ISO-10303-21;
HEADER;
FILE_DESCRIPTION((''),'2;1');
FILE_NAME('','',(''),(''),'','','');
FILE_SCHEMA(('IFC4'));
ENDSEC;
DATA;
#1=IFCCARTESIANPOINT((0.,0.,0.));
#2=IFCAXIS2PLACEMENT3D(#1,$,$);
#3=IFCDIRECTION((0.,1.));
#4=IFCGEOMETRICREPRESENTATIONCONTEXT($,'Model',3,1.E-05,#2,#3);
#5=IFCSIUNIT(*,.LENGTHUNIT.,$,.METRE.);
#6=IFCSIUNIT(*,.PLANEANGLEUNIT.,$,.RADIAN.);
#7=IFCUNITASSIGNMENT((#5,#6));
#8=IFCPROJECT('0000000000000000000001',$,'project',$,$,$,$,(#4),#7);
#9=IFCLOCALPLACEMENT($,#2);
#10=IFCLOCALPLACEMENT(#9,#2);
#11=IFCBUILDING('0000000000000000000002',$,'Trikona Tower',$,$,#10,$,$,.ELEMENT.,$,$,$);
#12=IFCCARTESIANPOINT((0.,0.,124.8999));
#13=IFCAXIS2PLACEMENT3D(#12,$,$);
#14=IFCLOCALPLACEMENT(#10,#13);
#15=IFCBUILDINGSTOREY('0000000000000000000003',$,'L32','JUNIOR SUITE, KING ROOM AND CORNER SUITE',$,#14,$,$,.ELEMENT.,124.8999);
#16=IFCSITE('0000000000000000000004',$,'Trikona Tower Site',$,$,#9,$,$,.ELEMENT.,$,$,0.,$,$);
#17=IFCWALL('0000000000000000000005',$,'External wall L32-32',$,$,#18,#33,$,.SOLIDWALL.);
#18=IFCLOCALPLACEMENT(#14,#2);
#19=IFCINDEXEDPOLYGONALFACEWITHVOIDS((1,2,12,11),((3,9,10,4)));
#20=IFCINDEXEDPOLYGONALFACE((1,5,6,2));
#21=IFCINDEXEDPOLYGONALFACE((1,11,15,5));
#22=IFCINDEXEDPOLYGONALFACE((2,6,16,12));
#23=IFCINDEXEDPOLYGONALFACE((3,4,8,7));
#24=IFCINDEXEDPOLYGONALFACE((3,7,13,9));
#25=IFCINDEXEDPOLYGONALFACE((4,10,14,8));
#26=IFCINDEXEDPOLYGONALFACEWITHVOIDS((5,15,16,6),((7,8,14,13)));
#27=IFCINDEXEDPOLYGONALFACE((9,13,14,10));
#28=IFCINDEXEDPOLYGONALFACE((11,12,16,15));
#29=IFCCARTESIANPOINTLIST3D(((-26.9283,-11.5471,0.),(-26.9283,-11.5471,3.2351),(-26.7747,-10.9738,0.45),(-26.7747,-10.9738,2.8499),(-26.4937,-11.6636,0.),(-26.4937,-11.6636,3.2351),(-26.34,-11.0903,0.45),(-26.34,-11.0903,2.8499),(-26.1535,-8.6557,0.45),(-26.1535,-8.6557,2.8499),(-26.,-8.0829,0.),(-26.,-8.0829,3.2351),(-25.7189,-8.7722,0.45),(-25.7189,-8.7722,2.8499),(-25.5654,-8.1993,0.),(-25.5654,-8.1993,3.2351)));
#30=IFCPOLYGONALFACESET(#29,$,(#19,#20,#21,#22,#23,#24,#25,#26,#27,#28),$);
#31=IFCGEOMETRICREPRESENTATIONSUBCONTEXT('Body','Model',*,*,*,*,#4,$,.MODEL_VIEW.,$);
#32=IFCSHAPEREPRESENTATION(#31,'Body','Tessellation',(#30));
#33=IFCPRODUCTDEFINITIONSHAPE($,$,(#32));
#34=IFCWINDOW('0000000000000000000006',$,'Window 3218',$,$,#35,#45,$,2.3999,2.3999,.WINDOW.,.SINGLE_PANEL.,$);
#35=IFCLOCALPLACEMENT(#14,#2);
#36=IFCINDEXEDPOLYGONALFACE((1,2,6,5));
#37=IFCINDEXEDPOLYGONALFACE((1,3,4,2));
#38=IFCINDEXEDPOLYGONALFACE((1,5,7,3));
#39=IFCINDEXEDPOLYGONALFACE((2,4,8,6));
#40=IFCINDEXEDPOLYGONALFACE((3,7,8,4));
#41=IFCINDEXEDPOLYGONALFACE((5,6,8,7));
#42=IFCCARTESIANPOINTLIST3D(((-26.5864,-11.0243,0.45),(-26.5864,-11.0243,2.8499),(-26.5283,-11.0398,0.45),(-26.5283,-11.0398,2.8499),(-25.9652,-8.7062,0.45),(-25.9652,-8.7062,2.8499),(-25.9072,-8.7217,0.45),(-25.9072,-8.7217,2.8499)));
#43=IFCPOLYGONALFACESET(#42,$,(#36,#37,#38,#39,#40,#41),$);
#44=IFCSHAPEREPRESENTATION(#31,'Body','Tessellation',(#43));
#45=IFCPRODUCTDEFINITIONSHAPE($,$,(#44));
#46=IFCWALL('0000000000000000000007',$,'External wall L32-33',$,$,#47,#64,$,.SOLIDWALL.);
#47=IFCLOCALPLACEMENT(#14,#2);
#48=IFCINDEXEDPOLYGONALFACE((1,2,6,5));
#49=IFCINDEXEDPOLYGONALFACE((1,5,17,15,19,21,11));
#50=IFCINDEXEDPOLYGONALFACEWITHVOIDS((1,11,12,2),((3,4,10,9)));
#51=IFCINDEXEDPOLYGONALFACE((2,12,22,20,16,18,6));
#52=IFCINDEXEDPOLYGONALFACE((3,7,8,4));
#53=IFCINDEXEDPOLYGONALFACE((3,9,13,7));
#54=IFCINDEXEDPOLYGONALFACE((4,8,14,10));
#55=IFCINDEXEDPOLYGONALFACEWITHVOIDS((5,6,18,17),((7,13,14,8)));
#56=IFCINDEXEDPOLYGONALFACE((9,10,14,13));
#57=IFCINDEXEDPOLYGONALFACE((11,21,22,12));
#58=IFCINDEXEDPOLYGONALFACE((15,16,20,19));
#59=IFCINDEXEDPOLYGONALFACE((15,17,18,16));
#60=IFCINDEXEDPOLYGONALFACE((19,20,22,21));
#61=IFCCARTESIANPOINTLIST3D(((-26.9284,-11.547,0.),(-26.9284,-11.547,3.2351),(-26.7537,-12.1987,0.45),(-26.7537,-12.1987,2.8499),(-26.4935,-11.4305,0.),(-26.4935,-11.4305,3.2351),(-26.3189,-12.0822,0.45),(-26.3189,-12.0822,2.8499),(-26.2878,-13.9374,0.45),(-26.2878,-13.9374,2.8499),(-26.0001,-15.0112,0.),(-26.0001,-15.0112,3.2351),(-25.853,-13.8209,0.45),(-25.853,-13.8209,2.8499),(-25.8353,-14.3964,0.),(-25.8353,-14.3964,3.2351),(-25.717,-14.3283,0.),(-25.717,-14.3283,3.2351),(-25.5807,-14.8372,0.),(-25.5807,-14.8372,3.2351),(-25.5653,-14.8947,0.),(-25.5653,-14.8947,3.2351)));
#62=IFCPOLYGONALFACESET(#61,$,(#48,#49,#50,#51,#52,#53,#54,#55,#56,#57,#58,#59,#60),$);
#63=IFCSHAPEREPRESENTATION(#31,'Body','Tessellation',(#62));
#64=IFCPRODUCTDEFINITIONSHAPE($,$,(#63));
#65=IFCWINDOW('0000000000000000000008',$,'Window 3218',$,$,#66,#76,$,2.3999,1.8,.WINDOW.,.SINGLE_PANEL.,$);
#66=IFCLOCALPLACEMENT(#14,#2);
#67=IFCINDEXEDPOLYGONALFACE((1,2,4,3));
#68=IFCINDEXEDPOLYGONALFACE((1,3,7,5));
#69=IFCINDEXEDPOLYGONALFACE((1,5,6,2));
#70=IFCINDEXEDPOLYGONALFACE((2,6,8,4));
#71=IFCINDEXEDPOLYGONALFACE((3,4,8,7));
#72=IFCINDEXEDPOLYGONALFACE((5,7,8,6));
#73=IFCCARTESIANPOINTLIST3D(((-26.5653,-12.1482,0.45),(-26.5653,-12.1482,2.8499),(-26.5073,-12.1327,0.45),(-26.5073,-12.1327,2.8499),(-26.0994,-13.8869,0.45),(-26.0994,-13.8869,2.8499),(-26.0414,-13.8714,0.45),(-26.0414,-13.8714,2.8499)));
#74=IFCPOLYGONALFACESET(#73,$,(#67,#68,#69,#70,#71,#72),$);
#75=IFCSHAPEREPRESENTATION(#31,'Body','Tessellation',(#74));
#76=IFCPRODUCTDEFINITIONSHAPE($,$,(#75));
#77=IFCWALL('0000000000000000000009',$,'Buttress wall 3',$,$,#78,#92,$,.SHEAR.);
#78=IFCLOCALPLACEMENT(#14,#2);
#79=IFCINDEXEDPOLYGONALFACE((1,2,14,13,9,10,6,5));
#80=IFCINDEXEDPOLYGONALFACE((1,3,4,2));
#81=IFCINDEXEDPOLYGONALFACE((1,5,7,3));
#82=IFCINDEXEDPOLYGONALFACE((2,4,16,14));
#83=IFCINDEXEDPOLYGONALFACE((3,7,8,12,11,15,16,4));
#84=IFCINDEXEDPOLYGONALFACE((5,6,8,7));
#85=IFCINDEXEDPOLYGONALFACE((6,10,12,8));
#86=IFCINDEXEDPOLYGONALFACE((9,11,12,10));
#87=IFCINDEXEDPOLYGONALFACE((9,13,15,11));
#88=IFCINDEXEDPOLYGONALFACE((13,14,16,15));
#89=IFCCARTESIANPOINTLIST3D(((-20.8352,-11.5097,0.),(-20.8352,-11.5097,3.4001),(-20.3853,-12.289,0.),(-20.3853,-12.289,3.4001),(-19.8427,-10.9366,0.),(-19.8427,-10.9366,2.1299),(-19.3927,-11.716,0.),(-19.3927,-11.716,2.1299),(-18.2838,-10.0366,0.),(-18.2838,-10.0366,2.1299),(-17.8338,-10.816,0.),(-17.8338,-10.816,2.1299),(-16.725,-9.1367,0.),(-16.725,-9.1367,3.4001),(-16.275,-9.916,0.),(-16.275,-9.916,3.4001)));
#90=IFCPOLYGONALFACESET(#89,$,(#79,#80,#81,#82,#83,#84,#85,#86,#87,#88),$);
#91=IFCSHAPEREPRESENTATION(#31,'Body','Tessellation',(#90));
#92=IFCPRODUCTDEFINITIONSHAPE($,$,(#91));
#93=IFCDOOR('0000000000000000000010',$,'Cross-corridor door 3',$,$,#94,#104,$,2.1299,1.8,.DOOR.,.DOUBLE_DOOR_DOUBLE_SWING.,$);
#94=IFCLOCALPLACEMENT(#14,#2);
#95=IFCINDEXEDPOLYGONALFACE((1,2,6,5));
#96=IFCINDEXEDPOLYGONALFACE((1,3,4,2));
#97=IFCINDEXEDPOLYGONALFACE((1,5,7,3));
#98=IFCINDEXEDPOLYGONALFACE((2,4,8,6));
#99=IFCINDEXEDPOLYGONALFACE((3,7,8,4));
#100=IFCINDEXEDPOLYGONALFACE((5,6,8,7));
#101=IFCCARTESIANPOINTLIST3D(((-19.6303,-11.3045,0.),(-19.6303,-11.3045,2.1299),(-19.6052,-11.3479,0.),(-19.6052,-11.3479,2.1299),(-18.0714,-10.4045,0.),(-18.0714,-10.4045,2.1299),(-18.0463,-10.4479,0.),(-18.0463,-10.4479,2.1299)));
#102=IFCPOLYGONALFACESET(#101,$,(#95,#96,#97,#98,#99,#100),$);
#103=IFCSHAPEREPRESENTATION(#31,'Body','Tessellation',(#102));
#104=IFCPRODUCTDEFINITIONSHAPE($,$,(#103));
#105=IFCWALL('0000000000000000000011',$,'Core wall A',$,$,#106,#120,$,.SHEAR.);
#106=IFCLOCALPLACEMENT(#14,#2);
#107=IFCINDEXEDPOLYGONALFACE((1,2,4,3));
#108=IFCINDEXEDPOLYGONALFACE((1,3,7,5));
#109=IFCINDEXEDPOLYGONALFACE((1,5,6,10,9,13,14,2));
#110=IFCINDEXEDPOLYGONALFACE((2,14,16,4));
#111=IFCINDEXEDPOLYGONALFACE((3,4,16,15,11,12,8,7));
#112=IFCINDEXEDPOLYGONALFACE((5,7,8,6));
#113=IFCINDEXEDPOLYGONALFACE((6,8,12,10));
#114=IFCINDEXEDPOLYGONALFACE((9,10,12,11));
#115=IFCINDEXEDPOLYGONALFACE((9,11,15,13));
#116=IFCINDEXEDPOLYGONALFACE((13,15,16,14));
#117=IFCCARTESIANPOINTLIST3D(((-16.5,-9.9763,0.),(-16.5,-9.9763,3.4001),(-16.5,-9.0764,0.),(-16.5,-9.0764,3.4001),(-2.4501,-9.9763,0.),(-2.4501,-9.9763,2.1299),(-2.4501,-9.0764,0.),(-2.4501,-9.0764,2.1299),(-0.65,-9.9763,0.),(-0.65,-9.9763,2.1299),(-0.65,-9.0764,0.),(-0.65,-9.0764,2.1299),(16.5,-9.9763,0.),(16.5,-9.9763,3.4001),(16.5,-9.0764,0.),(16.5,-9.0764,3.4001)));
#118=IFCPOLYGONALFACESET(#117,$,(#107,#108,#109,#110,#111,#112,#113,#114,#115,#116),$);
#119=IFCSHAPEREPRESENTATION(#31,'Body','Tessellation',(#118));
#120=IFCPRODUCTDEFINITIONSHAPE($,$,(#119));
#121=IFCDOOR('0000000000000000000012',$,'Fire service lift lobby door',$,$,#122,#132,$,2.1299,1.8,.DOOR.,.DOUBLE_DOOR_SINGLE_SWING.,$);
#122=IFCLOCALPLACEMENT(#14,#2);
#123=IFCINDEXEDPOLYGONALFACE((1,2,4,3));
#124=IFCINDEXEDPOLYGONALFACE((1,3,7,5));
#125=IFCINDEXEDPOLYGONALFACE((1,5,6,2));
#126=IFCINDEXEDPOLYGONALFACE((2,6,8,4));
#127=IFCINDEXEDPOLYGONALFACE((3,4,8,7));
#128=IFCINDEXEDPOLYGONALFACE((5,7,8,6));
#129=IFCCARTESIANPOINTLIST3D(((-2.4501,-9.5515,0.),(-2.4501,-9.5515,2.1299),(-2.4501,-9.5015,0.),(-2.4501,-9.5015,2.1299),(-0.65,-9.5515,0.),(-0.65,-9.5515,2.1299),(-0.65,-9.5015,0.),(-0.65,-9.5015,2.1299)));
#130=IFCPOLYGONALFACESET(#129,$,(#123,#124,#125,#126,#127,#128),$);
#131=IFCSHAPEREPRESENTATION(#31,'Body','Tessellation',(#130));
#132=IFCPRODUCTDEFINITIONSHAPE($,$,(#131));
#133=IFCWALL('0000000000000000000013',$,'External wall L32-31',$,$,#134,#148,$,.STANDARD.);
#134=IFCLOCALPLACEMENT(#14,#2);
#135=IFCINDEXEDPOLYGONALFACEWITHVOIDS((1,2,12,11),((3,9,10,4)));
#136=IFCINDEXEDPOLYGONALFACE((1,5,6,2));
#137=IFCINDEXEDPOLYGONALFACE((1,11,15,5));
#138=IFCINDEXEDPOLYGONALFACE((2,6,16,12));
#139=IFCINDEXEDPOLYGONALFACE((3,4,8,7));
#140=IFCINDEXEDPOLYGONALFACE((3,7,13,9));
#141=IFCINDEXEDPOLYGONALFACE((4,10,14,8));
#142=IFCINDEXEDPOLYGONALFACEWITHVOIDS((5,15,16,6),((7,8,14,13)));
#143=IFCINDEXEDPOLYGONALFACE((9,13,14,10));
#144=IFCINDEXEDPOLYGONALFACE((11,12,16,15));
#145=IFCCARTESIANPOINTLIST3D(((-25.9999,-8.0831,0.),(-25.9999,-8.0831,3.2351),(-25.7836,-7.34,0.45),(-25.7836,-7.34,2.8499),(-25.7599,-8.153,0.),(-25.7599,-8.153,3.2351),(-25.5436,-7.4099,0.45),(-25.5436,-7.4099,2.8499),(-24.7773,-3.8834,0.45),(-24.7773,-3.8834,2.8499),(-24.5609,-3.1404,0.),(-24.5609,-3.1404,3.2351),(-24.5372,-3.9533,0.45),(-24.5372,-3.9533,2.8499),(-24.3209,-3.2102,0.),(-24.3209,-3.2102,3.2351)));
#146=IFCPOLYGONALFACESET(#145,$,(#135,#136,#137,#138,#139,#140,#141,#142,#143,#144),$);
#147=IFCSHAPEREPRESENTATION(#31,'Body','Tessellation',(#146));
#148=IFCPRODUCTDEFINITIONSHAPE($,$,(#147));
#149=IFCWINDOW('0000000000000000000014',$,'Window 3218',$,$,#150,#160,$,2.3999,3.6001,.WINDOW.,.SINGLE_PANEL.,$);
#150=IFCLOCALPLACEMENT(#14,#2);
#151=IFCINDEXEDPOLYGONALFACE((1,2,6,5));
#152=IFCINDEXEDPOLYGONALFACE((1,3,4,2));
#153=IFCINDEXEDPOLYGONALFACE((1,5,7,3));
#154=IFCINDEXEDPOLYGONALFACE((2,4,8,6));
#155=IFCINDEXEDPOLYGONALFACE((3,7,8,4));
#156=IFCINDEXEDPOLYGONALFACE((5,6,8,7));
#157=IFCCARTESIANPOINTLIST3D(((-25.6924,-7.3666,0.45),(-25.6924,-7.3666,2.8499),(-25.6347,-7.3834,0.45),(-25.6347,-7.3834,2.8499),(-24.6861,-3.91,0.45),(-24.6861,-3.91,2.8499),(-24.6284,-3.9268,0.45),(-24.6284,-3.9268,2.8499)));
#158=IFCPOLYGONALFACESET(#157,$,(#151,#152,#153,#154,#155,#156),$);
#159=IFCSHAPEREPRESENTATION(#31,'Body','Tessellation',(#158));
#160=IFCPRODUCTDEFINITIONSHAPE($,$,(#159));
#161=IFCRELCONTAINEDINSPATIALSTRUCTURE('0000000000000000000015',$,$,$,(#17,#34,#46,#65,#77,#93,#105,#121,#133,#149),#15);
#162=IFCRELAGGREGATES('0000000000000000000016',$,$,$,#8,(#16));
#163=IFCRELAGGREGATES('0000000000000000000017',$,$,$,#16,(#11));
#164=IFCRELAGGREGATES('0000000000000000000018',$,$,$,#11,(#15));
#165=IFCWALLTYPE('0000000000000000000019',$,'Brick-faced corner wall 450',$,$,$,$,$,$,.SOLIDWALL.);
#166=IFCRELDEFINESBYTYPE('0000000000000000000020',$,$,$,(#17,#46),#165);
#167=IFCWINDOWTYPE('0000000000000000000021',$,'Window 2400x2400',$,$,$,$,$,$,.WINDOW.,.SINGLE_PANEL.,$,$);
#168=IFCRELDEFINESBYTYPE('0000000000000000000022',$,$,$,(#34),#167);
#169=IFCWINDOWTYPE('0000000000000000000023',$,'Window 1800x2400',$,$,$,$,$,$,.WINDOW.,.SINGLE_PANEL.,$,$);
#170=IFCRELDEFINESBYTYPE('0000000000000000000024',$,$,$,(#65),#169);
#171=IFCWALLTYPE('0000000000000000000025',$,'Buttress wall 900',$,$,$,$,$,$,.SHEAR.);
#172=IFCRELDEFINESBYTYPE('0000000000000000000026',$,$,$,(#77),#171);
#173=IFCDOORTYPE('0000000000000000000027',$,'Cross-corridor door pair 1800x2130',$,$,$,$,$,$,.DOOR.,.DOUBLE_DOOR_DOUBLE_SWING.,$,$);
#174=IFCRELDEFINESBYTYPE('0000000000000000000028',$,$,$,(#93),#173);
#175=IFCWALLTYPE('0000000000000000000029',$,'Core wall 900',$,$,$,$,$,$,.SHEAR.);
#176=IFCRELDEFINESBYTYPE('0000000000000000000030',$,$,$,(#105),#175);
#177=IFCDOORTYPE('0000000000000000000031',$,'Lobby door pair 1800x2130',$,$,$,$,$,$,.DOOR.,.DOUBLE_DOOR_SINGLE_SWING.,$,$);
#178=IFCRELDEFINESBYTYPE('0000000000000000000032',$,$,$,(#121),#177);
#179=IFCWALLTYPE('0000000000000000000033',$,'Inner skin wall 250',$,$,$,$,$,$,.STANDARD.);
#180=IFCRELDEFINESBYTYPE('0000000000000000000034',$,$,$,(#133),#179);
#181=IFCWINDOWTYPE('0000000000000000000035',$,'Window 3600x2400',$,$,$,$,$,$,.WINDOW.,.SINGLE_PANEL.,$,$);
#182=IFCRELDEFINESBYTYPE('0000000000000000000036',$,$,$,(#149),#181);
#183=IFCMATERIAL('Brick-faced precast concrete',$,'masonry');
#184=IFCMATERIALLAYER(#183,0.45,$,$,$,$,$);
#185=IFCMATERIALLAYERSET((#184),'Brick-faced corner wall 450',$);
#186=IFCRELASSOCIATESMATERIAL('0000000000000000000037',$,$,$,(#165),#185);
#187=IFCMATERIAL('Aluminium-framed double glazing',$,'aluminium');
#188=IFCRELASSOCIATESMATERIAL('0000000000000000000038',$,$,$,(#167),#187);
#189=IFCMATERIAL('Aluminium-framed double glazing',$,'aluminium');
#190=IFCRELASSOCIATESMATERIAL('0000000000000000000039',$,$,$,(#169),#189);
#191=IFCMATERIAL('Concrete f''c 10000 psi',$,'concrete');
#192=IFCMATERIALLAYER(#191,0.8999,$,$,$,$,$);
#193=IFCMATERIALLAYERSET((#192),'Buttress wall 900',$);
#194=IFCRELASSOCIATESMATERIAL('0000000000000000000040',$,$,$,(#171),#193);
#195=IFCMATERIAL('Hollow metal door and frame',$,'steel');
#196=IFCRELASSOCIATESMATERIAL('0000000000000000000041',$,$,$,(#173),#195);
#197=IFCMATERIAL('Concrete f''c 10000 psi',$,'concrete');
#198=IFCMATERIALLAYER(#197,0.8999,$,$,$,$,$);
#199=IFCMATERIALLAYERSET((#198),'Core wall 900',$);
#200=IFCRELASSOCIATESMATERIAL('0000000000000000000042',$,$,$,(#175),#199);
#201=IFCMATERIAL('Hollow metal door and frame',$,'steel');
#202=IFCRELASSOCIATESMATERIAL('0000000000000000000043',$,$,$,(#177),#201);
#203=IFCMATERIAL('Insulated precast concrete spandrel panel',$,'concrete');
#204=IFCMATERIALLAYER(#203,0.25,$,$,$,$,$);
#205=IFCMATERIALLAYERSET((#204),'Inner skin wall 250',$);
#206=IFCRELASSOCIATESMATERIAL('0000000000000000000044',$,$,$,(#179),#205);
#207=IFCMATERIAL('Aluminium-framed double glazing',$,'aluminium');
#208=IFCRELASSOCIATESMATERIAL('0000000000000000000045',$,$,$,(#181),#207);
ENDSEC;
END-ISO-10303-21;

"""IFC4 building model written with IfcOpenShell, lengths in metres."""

from ifc_helpers import new_model, si_unit, direction, frame, frame_2d, origin, place, context, subcontext, project, spatial, polyline, rectangle, outline, extrude, material, layer, layer_set, type_object, element, fill, save


model = new_model("IFC4")

# Units and contexts
model_context = context("Model", 3, precision=1e-05, world=origin(), true_north=direction((0.0, 1.0)))
body_context = subcontext(model_context, "Body", "Model", "MODEL_VIEW")
ifc_project = project(units=[si_unit("LENGTHUNIT", "METRE"), si_unit("PLANEANGLEUNIT", "RADIAN")], contexts=[model_context])

# Site, building, storey
site_placement = place(None, origin())
site = spatial("IfcSite", under=ifc_project, at=site_placement, Name="Trikona Tower Site", CompositionType="ELEMENT", RefElevation=0.0)
building_placement = place(site_placement, origin())
building = spatial("IfcBuilding", under=site, at=building_placement, Name="Trikona Tower", CompositionType="ELEMENT")
storey_placement = place(building_placement, frame((0.0, 0.0, 124.8999)))
storey = spatial("IfcBuildingStorey", under=building, at=storey_placement, Name="L32", Description="JUNIOR SUITE, KING ROOM AND CORNER SUITE", CompositionType="ELEMENT", Elevation=124.8999)

# Walls, openings, windows
ifc_material_1 = material(Name="Brick-faced precast concrete", Category="masonry")
ifc_layer_1 = layer(ifc_material_1, 0.45)
ifc_layer_set_1 = layer_set([ifc_layer_1], Name="Brick-faced corner wall 450")
wall_type_1 = type_object("IfcWallType", Name="Brick-faced corner wall 450", PredefinedType="SOLIDWALL", material=ifc_layer_set_1)
wall_1_placement = place(storey_placement, frame((-25.7827, -8.1411, 0.0), z_axis=(0.0, 0.0, 1.0), x_axis=(-0.258823, -0.965925, 0.0)))
wall_1 = element("IfcWall", 1, at=wall_1_placement, inside=storey, type_object=wall_type_1, Name="External wall L32-32", PredefinedType="SOLIDWALL", context=body_context, shape_type="SweptSolid", body=[
    extrude(rectangle(XDim=3.5864, YDim=0.45, at=frame_2d((1.7932, 0.0))), origin(), (0.0, 0.0, 1.0), 3.2351),
])
opening_1_placement = place(wall_1_placement, frame((0.593, 0.0, 0.45)))
opening_1 = element("IfcOpeningElement", 2, at=opening_1_placement, cuts=wall_1, PredefinedType="OPENING", context=body_context, shape_type="SweptSolid", body=[
    extrude(rectangle(XDim=2.3999, YDim=2.3999, at=frame_2d((1.2, 1.2))), frame((0.0, 0.2349, 0.0), z_axis=(0.0, -1.0, 0.0), x_axis=(1.0, 0.0, 0.0)), (0.0, 0.0, 1.0), 0.47),
])
ifc_material_2 = material(Name="Aluminium-framed double glazing", Category="aluminium")
window_type_1 = type_object("IfcWindowType", Name="Window 2400x2400", PartitioningType="SINGLE_PANEL", PredefinedType="WINDOW", material=ifc_material_2)
window_1_placement = place(opening_1_placement, origin())
window_1 = element("IfcWindow", 3, at=window_1_placement, inside=storey, type_object=window_type_1, Name="Window 3218", OverallHeight=2.3999, OverallWidth=2.3999, PartitioningType="SINGLE_PANEL", PredefinedType="WINDOW", context=body_context, shape_type="SweptSolid", body=[
    extrude(rectangle(XDim=2.3999, YDim=2.3999, at=frame_2d((1.2, 1.2))), frame((0.0, 0.03, 0.0), z_axis=(0.0, -1.0, 0.0), x_axis=(1.0, 0.0, 0.0)), (0.0, 0.0, 1.0), 0.0601),
])
fill(opening_1, window_1)
wall_2_placement = place(storey_placement, frame((-26.7109, -11.4888, 0.0), z_axis=(0.0, 0.0, 1.0), x_axis=(0.258823, -0.965925, 0.0)))
wall_2 = element("IfcWall", 4, at=wall_2_placement, inside=storey, type_object=wall_type_1, Name="External wall L32-33", PredefinedType="SOLIDWALL", context=body_context, shape_type="SweptSolid", body=[
    extrude(outline(polyline([(3.5864, 0.2251), (3.5269, 0.2251), (3.0352, 0.0933), (3.0, 0.2251), (0.0, 0.2251), (0.0, -0.2251), (3.5864, -0.2251), (3.5864, 0.2251)])), origin(), (0.0, 0.0, 1.0), 3.2351),
])
opening_2_placement = place(wall_2_placement, frame((0.6748, 0.0, 0.45)))
opening_2 = element("IfcOpeningElement", 5, at=opening_2_placement, cuts=wall_2, PredefinedType="OPENING", context=body_context, shape_type="SweptSolid", body=[
    extrude(rectangle(XDim=1.8, YDim=2.3999, at=frame_2d((0.8999, 1.2))), frame((0.0, 0.2349, 0.0), z_axis=(0.0, -1.0, 0.0), x_axis=(1.0, 0.0, 0.0)), (0.0, 0.0, 1.0), 0.47),
])
ifc_material_3 = material(Name="Aluminium-framed double glazing", Category="aluminium")
window_type_2 = type_object("IfcWindowType", Name="Window 1800x2400", PartitioningType="SINGLE_PANEL", PredefinedType="WINDOW", material=ifc_material_3)
window_2_placement = place(opening_2_placement, origin())
window_2 = element("IfcWindow", 6, at=window_2_placement, inside=storey, type_object=window_type_2, Name="Window 3218", OverallHeight=2.3999, OverallWidth=1.8, PartitioningType="SINGLE_PANEL", PredefinedType="WINDOW", context=body_context, shape_type="SweptSolid", body=[
    extrude(rectangle(XDim=1.8, YDim=2.3999, at=frame_2d((0.8999, 1.2))), frame((0.0, 0.03, 0.0), z_axis=(0.0, -1.0, 0.0), x_axis=(1.0, 0.0, 0.0)), (0.0, 0.0, 1.0), 0.0601),
])
fill(opening_2, window_2)

# Walls, openings, doors
ifc_material_4 = material(Name="Concrete f'c 10000 psi", Category="concrete")
ifc_layer_2 = layer(ifc_material_4, 0.8999)
ifc_layer_set_2 = layer_set([ifc_layer_2], Name="Buttress wall 900")
wall_type_2 = type_object("IfcWallType", Name="Buttress wall 900", PredefinedType="SHEAR", material=ifc_layer_set_2)
wall_3_placement = place(storey_placement, frame((-16.5, -9.5264, 0.0), z_axis=(0.0, 0.0, 1.0), x_axis=(-0.866031, -0.49999, 0.0)))
wall_3 = element("IfcWall", 7, at=wall_3_placement, inside=storey, type_object=wall_type_2, Name="Buttress wall 3", PredefinedType="SHEAR", context=body_context, shape_type="SweptSolid", body=[
    extrude(rectangle(XDim=4.7461, YDim=0.8999, at=frame_2d((2.373, 0.0))), origin(), (0.0, 0.0, 1.0), 3.4001),
])
opening_3_placement = place(wall_3_placement, frame((1.8, 0.0, 0.0)))
opening_3 = element("IfcOpeningElement", 8, at=opening_3_placement, cuts=wall_3, PredefinedType="OPENING", context=body_context, shape_type="SweptSolid", body=[
    extrude(rectangle(XDim=1.8, YDim=2.1299, at=frame_2d((0.8999, 1.0649))), frame((0.0, 0.46, 0.0), z_axis=(0.0, -1.0, 0.0), x_axis=(1.0, 0.0, 0.0)), (0.0, 0.0, 1.0), 0.9199),
])
ifc_material_5 = material(Name="Hollow metal door and frame", Category="steel")
door_type_1 = type_object("IfcDoorType", Name="Cross-corridor door pair 1800x2130", OperationType="DOUBLE_DOOR_DOUBLE_SWING", PredefinedType="DOOR", material=ifc_material_5)
door_1_placement = place(opening_3_placement, origin())
door_1 = element("IfcDoor", 9, at=door_1_placement, inside=storey, type_object=door_type_1, Name="Cross-corridor door 3", OperationType="DOUBLE_DOOR_DOUBLE_SWING", OverallHeight=2.1299, OverallWidth=1.8, PredefinedType="DOOR", context=body_context, shape_type="SweptSolid", body=[
    extrude(rectangle(XDim=1.8, YDim=2.1299, at=frame_2d((0.8999, 1.0649))), frame((0.0, 0.0249, 0.0), z_axis=(0.0, -1.0, 0.0), x_axis=(1.0, 0.0, 0.0)), (0.0, 0.0, 1.0), 0.05),
])
fill(opening_3, door_1)
ifc_material_6 = material(Name="Concrete f'c 10000 psi", Category="concrete")
ifc_layer_3 = layer(ifc_material_6, 0.8999)
ifc_layer_set_3 = layer_set([ifc_layer_3], Name="Core wall 900")
wall_type_3 = type_object("IfcWallType", Name="Core wall 900", PredefinedType="SHEAR", material=ifc_layer_set_3)
wall_4_placement = place(storey_placement, frame((-16.5, -9.5264, 0.0), z_axis=(0.0, 0.0, 1.0), x_axis=(1.0, 0.0, 0.0)))
wall_4 = element("IfcWall", 10, at=wall_4_placement, inside=storey, type_object=wall_type_3, Name="Core wall A", PredefinedType="SHEAR", context=body_context, shape_type="SweptSolid", body=[
    extrude(rectangle(XDim=33.0, YDim=0.8999, at=frame_2d((16.5, 0.0))), origin(), (0.0, 0.0, 1.0), 3.4001),
])
opening_4_placement = place(wall_4_placement, frame((14.05, 0.0, 0.0)))
opening_4 = element("IfcOpeningElement", 11, at=opening_4_placement, cuts=wall_4, PredefinedType="OPENING", context=body_context, shape_type="SweptSolid", body=[
    extrude(rectangle(XDim=1.8, YDim=2.1299, at=frame_2d((0.8999, 1.0649))), frame((0.0, 0.46, 0.0), z_axis=(0.0, -1.0, 0.0), x_axis=(1.0, 0.0, 0.0)), (0.0, 0.0, 1.0), 0.9199),
])
ifc_material_7 = material(Name="Hollow metal door and frame", Category="steel")
door_type_2 = type_object("IfcDoorType", Name="Lobby door pair 1800x2130", OperationType="DOUBLE_DOOR_SINGLE_SWING", PredefinedType="DOOR", material=ifc_material_7)
door_2_placement = place(opening_4_placement, origin())
door_2 = element("IfcDoor", 12, at=door_2_placement, inside=storey, type_object=door_type_2, Name="Fire service lift lobby door", OperationType="DOUBLE_DOOR_SINGLE_SWING", OverallHeight=2.1299, OverallWidth=1.8, PredefinedType="DOOR", context=body_context, shape_type="SweptSolid", body=[
    extrude(rectangle(XDim=1.8, YDim=2.1299, at=frame_2d((0.8999, 1.0649))), frame((0.0, 0.0249, 0.0), z_axis=(0.0, -1.0, 0.0), x_axis=(1.0, 0.0, 0.0)), (0.0, 0.0, 1.0), 0.05),
])
fill(opening_4, door_2)

# Wall, opening, window
ifc_material_8 = material(Name="Insulated precast concrete spandrel panel", Category="concrete")
ifc_layer_4 = layer(ifc_material_8, 0.25)
ifc_layer_set_4 = layer_set([ifc_layer_4], Name="Inner skin wall 250")
wall_type_4 = type_object("IfcWallType", Name="Inner skin wall 250", PredefinedType="STANDARD", material=ifc_layer_set_4)
wall_5_placement = place(storey_placement, frame((-24.4409, -3.1753, 0.0), z_axis=(0.0, 0.0, 1.0), x_axis=(-0.279528, -0.960137, 0.0)))
wall_5 = element("IfcWall", 13, at=wall_5_placement, inside=storey, type_object=wall_type_4, Name="External wall L32-31", PredefinedType="STANDARD", context=body_context, shape_type="SweptSolid", body=[
    extrude(rectangle(XDim=5.1479, YDim=0.25, at=frame_2d((2.574, 0.0))), origin(), (0.0, 0.0, 1.0), 3.2351),
])
opening_5_placement = place(wall_5_placement, frame((0.7739, 0.0, 0.45)))
opening_5 = element("IfcOpeningElement", 14, at=opening_5_placement, cuts=wall_5, PredefinedType="OPENING", context=body_context, shape_type="SweptSolid", body=[
    extrude(rectangle(XDim=3.6001, YDim=2.3999, at=frame_2d((1.8, 1.2))), frame((0.0, 0.135, 0.0), z_axis=(0.0, -1.0, 0.0), x_axis=(1.0, 0.0, 0.0)), (0.0, 0.0, 1.0), 0.27),
])
ifc_material_9 = material(Name="Aluminium-framed double glazing", Category="aluminium")
window_type_3 = type_object("IfcWindowType", Name="Window 3600x2400", PartitioningType="SINGLE_PANEL", PredefinedType="WINDOW", material=ifc_material_9)
window_3_placement = place(opening_5_placement, origin())
window_3 = element("IfcWindow", 15, at=window_3_placement, inside=storey, type_object=window_type_3, Name="Window 3218", OverallHeight=2.3999, OverallWidth=3.6001, PartitioningType="SINGLE_PANEL", PredefinedType="WINDOW", context=body_context, shape_type="SweptSolid", body=[
    extrude(rectangle(XDim=3.6001, YDim=2.3999, at=frame_2d((1.8, 1.2))), frame((0.0, 0.03, 0.0), z_axis=(0.0, -1.0, 0.0), x_axis=(1.0, 0.0, 0.0)), (0.0, 0.0, 1.0), 0.0601),
])
fill(opening_5, window_3)

save(model, "model.ifc")
